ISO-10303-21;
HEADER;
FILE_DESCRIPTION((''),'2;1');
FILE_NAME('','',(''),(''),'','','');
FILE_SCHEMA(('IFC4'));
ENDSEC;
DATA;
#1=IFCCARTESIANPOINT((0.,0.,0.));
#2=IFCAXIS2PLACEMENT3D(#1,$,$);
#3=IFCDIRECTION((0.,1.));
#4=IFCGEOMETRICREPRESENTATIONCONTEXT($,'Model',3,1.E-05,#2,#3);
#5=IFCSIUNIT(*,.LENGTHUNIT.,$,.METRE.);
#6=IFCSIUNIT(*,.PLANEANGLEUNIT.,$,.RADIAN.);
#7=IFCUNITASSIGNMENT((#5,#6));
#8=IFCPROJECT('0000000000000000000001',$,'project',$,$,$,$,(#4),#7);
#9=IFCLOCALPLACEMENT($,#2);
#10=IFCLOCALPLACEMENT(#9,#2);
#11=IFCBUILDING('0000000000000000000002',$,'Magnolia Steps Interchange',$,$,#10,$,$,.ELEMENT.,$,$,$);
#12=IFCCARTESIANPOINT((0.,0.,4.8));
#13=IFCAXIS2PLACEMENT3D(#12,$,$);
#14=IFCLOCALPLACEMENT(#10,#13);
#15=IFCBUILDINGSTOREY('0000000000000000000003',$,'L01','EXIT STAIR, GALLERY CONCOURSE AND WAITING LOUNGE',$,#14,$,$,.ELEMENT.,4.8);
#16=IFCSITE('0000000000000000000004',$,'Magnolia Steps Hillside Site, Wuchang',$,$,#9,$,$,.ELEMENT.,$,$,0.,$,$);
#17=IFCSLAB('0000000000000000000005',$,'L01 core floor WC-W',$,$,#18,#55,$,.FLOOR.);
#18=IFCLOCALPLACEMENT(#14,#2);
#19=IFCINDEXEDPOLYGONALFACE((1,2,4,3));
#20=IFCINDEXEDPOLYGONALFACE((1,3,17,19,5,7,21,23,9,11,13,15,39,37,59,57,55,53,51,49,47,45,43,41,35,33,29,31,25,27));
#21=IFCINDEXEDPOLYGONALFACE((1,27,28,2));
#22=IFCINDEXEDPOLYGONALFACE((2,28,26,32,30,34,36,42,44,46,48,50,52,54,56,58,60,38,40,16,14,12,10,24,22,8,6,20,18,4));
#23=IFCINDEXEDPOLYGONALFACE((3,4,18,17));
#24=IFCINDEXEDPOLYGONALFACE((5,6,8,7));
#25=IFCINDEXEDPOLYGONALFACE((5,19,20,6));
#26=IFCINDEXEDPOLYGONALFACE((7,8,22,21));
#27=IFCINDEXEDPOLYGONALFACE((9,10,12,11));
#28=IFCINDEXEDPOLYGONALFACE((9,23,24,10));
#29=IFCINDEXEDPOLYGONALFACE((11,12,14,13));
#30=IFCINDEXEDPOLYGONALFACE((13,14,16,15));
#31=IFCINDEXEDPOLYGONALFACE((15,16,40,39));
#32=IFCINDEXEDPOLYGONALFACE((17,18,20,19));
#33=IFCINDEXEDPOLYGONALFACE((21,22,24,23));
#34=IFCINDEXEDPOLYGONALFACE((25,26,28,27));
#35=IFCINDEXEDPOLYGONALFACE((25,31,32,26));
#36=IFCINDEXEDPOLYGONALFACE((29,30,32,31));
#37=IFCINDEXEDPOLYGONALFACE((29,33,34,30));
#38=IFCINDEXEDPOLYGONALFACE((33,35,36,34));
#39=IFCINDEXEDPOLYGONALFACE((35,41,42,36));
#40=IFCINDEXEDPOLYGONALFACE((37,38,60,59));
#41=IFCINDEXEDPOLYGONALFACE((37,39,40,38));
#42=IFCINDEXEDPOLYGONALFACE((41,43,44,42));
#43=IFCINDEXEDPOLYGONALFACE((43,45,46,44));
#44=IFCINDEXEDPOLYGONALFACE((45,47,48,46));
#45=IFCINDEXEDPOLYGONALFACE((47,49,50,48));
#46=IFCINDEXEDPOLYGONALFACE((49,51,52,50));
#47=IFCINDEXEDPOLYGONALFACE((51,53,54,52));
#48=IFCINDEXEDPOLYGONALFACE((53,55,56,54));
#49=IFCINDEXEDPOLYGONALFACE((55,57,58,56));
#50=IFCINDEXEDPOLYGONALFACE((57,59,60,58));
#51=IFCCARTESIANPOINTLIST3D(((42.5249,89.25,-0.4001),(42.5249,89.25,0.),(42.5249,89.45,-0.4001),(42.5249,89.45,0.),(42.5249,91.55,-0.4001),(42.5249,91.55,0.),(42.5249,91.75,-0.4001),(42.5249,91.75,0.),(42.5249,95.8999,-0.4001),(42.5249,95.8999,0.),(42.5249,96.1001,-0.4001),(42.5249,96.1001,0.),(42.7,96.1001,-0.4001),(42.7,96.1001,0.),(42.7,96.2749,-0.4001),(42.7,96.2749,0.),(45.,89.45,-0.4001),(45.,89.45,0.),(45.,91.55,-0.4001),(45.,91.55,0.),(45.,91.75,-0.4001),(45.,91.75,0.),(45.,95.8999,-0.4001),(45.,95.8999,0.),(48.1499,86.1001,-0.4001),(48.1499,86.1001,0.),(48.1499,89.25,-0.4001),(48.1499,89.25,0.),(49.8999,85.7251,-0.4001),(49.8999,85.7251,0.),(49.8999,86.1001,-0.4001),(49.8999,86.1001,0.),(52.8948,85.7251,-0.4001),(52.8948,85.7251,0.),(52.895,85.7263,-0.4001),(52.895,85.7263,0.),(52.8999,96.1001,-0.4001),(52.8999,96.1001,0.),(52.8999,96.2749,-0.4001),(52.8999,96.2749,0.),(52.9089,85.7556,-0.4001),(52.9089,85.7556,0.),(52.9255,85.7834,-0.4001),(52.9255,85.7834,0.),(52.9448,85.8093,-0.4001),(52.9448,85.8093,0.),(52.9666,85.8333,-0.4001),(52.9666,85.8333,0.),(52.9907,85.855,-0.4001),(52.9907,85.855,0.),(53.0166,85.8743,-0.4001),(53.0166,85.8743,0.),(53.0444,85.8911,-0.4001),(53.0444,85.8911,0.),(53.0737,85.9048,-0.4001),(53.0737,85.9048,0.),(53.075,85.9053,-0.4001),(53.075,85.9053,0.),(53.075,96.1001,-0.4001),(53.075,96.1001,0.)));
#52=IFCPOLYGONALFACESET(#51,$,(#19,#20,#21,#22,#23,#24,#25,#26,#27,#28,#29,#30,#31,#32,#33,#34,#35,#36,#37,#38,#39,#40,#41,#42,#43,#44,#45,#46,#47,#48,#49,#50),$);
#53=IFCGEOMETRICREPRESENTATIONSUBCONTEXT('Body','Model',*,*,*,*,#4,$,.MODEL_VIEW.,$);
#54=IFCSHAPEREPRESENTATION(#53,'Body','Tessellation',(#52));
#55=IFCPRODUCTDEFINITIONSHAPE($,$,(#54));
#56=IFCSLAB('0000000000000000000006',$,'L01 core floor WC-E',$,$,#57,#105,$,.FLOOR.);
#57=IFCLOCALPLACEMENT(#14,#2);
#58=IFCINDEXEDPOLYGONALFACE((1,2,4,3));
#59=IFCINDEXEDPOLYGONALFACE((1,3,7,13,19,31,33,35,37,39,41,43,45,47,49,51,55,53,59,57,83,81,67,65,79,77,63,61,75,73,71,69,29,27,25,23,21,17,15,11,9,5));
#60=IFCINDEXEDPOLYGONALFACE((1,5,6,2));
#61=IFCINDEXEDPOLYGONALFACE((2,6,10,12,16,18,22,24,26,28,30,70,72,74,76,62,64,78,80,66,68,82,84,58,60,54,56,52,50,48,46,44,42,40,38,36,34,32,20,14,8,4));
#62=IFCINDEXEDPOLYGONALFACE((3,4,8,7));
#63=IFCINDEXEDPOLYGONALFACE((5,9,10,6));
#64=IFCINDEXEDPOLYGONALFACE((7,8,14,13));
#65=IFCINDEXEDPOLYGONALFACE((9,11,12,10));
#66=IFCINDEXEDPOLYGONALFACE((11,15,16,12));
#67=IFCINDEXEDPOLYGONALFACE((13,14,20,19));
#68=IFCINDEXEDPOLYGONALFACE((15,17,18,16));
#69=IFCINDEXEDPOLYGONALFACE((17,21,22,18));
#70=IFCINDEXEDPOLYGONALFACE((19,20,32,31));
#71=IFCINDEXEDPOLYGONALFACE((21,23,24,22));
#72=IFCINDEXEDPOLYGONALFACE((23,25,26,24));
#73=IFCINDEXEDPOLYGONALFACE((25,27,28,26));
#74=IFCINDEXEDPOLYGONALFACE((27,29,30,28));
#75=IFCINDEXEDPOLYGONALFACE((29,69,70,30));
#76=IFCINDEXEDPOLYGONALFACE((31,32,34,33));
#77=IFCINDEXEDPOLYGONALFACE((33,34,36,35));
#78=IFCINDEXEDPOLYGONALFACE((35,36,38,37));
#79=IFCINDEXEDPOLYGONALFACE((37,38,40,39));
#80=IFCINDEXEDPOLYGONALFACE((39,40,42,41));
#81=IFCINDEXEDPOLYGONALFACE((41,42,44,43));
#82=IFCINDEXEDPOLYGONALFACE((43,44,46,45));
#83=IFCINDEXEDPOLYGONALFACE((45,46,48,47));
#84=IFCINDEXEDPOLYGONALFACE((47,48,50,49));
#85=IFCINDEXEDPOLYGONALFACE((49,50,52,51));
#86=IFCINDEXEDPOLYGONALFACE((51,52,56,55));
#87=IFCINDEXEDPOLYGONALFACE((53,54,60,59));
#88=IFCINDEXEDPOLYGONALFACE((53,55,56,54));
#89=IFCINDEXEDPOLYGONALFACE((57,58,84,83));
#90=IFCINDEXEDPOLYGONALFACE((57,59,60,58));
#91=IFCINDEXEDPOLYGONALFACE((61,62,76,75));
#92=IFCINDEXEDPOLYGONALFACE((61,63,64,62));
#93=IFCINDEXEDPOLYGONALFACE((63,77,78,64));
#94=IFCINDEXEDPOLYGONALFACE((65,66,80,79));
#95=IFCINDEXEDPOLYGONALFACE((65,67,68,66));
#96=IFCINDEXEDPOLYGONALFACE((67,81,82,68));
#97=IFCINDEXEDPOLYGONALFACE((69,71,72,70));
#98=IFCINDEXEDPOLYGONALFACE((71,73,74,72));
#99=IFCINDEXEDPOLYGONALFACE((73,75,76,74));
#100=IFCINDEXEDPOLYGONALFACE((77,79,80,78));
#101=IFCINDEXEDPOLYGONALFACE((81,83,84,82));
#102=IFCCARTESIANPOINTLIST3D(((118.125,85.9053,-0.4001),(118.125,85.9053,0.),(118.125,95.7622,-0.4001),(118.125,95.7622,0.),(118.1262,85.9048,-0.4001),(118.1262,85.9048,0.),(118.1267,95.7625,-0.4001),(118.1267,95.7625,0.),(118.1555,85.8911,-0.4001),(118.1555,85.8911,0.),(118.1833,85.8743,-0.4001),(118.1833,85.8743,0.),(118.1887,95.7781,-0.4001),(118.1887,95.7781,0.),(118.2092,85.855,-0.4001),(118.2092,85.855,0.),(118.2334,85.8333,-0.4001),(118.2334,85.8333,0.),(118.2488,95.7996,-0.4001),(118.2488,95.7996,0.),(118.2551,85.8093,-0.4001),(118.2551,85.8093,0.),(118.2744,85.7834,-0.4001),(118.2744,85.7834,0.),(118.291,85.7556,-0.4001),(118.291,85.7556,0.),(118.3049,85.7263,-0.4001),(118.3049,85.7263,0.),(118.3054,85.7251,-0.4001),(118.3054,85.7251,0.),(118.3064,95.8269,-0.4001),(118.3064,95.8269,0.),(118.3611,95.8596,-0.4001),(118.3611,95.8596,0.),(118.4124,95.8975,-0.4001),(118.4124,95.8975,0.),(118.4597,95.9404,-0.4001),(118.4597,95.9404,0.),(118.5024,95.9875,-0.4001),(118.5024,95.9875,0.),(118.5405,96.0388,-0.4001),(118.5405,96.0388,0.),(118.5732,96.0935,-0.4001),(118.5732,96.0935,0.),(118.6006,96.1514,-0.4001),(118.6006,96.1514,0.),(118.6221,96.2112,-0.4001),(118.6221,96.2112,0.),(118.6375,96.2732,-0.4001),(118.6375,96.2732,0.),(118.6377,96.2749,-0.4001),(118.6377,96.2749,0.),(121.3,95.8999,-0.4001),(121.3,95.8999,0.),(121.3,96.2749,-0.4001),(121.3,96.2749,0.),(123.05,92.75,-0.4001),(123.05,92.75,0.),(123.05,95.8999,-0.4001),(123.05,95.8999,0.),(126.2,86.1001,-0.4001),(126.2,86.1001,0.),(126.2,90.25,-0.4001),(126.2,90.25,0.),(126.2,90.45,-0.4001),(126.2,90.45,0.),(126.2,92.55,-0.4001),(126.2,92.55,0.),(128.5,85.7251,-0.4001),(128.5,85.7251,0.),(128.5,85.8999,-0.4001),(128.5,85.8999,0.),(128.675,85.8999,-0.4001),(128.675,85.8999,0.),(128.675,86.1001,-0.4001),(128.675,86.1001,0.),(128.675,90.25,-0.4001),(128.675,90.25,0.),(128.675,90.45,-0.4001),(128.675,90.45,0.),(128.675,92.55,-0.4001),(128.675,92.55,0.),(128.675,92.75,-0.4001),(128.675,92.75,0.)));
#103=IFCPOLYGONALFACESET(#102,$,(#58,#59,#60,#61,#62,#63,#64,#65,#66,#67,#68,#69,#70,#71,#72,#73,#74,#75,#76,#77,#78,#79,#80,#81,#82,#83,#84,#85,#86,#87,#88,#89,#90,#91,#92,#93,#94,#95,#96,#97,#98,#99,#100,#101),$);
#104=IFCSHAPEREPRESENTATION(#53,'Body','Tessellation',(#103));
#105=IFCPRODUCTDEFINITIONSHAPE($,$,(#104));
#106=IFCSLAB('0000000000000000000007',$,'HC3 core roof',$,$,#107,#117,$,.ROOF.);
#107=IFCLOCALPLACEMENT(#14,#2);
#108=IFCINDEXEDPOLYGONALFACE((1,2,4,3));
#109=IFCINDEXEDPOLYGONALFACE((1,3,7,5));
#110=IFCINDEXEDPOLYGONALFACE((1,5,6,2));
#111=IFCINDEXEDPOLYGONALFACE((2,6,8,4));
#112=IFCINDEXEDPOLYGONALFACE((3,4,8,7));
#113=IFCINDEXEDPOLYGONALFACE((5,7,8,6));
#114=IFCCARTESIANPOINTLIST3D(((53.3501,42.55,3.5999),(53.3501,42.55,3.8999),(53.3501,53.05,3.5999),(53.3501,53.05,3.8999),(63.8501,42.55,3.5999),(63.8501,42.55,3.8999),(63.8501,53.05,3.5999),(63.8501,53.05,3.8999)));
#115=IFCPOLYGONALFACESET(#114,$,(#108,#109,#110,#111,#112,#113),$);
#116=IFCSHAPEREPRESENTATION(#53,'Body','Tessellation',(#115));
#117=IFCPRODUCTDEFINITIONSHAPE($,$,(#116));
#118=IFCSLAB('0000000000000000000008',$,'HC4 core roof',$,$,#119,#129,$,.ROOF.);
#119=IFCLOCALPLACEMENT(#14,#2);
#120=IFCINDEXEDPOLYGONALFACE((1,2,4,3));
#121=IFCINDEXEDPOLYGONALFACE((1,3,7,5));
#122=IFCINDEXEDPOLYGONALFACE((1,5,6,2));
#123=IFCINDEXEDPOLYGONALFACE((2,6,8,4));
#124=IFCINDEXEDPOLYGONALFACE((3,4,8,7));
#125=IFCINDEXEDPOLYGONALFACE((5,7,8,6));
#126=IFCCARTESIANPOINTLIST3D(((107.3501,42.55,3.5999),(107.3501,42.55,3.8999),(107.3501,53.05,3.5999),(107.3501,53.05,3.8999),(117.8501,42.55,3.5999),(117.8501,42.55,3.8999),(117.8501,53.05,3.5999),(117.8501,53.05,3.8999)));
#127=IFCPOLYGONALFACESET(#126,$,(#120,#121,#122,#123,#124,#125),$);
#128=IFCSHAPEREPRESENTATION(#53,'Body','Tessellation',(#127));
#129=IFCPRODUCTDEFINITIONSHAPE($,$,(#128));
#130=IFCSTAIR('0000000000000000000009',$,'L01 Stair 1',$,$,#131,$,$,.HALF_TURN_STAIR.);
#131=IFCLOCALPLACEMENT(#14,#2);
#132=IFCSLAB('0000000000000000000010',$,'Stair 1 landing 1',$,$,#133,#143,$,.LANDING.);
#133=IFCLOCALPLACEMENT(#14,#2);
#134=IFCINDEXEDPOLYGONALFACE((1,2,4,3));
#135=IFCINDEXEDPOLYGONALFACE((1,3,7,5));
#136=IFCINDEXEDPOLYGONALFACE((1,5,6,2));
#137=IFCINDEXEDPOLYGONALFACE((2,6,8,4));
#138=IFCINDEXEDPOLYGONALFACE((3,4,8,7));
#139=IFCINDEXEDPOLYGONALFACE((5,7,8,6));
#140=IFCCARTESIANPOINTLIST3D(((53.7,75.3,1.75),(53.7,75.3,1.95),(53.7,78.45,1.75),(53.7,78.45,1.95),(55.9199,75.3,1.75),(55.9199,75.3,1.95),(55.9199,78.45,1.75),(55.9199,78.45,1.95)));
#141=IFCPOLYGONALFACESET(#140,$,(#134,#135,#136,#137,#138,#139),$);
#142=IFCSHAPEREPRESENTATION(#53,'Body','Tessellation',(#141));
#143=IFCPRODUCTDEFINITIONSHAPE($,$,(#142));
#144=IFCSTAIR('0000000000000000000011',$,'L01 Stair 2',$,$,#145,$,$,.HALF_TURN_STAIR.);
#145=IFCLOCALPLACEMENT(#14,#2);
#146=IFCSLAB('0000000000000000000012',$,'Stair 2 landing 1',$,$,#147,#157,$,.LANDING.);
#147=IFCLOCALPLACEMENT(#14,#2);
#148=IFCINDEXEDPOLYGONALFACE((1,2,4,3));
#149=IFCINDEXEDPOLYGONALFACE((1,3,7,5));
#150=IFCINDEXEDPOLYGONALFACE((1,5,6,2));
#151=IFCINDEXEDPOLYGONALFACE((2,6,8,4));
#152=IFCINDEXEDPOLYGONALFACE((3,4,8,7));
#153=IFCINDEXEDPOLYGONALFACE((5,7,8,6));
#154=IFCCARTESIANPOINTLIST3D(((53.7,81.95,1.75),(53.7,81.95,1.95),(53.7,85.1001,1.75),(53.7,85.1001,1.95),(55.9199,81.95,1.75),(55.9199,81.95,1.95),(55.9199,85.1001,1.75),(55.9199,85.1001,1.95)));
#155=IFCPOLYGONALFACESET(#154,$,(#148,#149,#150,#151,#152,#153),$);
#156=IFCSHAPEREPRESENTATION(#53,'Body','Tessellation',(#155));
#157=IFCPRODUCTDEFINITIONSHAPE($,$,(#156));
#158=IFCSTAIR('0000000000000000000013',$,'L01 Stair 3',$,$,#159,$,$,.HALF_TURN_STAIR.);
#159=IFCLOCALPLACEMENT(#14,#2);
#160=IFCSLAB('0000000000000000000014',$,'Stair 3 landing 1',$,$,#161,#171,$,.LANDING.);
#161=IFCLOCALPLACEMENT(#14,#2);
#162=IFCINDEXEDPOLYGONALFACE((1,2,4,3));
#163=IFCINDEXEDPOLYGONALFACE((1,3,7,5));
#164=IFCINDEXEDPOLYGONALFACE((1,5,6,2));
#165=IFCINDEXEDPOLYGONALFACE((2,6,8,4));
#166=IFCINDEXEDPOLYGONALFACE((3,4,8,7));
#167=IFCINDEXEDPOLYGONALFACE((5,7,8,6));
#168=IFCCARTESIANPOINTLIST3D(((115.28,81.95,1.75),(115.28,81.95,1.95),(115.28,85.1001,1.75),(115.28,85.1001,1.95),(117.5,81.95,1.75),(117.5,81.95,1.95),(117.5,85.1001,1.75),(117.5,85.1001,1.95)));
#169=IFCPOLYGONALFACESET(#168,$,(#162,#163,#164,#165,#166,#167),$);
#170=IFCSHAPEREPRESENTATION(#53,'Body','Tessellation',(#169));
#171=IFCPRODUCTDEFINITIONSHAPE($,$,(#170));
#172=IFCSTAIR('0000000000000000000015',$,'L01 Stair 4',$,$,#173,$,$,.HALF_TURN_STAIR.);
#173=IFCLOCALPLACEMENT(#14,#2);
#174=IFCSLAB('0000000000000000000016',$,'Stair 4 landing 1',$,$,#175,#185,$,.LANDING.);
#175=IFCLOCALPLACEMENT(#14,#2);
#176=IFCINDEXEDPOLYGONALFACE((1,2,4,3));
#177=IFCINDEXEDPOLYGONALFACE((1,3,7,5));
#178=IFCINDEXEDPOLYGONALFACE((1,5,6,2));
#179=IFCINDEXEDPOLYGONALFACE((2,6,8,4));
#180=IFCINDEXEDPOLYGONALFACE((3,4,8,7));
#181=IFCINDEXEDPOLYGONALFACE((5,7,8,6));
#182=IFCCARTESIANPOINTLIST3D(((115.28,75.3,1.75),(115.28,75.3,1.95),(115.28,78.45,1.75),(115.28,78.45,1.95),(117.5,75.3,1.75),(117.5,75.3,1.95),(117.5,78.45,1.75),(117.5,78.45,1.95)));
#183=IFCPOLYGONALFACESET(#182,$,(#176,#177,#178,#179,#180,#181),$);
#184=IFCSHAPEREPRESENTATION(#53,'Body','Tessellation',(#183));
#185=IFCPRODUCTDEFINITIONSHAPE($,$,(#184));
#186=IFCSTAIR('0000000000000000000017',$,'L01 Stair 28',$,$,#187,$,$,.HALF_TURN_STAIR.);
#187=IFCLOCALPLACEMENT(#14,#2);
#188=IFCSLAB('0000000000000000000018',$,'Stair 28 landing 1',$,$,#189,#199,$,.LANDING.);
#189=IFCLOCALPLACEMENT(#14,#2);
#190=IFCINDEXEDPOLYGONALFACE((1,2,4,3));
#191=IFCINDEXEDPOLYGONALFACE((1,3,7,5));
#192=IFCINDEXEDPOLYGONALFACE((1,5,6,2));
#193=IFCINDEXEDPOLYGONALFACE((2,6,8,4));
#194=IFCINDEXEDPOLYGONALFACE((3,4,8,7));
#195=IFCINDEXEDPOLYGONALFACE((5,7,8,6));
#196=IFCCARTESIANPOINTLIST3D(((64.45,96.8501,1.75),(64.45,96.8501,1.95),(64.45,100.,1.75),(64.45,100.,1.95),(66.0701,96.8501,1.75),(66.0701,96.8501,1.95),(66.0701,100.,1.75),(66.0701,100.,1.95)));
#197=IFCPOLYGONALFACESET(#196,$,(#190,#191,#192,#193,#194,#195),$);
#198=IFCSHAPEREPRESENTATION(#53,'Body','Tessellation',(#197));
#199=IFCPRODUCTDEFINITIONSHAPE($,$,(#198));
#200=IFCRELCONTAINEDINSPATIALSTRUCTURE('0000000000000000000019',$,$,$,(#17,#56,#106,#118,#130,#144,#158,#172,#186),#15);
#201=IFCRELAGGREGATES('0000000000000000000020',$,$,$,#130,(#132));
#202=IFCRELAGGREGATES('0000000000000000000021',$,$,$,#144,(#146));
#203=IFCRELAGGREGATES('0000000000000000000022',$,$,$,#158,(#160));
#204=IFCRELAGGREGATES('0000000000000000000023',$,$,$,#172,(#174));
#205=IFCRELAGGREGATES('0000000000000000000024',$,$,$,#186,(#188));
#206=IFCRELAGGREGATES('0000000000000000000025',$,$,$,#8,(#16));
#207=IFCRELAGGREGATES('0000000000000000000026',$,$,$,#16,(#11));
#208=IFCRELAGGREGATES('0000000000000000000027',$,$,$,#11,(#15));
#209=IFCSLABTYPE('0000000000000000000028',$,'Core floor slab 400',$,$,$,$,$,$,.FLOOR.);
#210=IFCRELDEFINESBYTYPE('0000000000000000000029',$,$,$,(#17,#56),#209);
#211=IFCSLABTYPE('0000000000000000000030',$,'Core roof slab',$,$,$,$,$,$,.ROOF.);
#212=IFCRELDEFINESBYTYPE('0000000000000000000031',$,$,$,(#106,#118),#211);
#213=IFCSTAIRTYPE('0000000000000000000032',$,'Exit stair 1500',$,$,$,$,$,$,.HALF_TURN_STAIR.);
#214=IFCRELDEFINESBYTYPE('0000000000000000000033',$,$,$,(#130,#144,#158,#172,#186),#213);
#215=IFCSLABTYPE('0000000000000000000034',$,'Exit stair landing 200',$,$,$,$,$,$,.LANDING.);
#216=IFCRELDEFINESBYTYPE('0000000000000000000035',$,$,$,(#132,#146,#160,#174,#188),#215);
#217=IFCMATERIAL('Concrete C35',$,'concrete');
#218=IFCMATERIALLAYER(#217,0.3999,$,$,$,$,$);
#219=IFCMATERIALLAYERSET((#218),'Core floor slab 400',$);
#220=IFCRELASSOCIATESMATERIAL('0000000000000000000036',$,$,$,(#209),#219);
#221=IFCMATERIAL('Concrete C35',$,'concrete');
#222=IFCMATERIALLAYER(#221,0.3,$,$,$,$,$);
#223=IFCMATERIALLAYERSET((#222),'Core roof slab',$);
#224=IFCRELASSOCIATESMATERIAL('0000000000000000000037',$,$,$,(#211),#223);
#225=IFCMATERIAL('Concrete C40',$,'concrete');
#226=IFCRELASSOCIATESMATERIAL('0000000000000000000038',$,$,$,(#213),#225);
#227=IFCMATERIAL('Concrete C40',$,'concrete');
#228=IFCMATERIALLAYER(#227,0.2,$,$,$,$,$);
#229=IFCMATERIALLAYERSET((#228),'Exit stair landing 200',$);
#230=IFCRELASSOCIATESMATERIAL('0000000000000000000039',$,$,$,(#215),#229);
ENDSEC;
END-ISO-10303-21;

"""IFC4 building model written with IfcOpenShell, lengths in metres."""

from ifc_helpers import new_model, si_unit, direction, frame, origin, place, context, subcontext, project, spatial, polyline, outline, extrude, material, layer, layer_set, type_object, element, aggregate, save


model = new_model("IFC4")

# Units and contexts
model_context = context("Model", 3, precision=1e-05, world=origin(), true_north=direction((0.0, 1.0)))
body_context = subcontext(model_context, "Body", "Model", "MODEL_VIEW")
ifc_project = project(units=[si_unit("LENGTHUNIT", "METRE"), si_unit("PLANEANGLEUNIT", "RADIAN")], contexts=[model_context])

# Site, building, storey
site_placement = place(None, origin())
site = spatial("IfcSite", under=ifc_project, at=site_placement, Name="Magnolia Steps Hillside Site, Wuchang", CompositionType="ELEMENT", RefElevation=0.0)
building_placement = place(site_placement, origin())
building = spatial("IfcBuilding", under=site, at=building_placement, Name="Magnolia Steps Interchange", CompositionType="ELEMENT")
storey_placement = place(building_placement, frame((0.0, 0.0, 4.8)))
storey = spatial("IfcBuildingStorey", under=building, at=storey_placement, Name="L01", Description="EXIT STAIR, GALLERY CONCOURSE AND WAITING LOUNGE", CompositionType="ELEMENT", Elevation=4.8)

# Slabs
ifc_material_1 = material(Name="Concrete C35", Category="concrete")
ifc_layer_1 = layer(ifc_material_1, 0.3999)
ifc_layer_set_1 = layer_set([ifc_layer_1], Name="Core floor slab 400")
slab_type_1 = type_object("IfcSlabType", Name="Core floor slab 400", PredefinedType="FLOOR", material=ifc_layer_set_1)
slab_1_placement = place(storey_placement, frame((0.0, 0.0, -0.4001)))
element("IfcSlab", 1, at=slab_1_placement, inside=storey, type_object=slab_type_1, Name="L01 core floor WC-W", PredefinedType="FLOOR", context=body_context, shape_type="SweptSolid", body=[
    extrude(outline(polyline([(49.8999, 86.1001), (48.1499, 86.1001), (48.1499, 89.25), (42.5249, 89.25), (42.5249, 89.45), (45.0, 89.45), (45.0, 91.55), (42.5249, 91.55), (42.5249, 91.75), (45.0, 91.75), (45.0, 95.8999), (42.5249, 95.8999), (42.5249, 96.1001), (42.7, 96.1001), (42.7, 96.2749), (52.8999, 96.2749), (52.8999, 96.1001), (53.075, 96.1001), (53.075, 85.9053), (53.0737, 85.9048), (53.0444, 85.8911), (53.0166, 85.8743), (52.9907, 85.855), (52.9666, 85.8333), (52.9448, 85.8093), (52.9255, 85.7834), (52.9089, 85.7556), (52.895, 85.7263), (52.8948, 85.7251), (49.8999, 85.7251), (49.8999, 86.1001)])), origin(), (0.0, 0.0, 1.0), 0.4001),
])
slab_2_placement = place(storey_placement, frame((0.0, 0.0, -0.4001)))
element("IfcSlab", 2, at=slab_2_placement, inside=storey, type_object=slab_type_1, Name="L01 core floor WC-E", PredefinedType="FLOOR", context=body_context, shape_type="SweptSolid", body=[
    extrude(outline(polyline([(118.3049, 85.7263), (118.291, 85.7556), (118.2744, 85.7834), (118.2551, 85.8093), (118.2334, 85.8333), (118.2092, 85.855), (118.1833, 85.8743), (118.1555, 85.8911), (118.1262, 85.9048), (118.125, 85.9053), (118.125, 95.7622), (118.1267, 95.7625), (118.1887, 95.7781), (118.2488, 95.7996), (118.3064, 95.8269), (118.3611, 95.8596), (118.4124, 95.8975), (118.4597, 95.9404), (118.5024, 95.9875), (118.5405, 96.0388), (118.5732, 96.0935), (118.6006, 96.1514), (118.6221, 96.2112), (118.6375, 96.2732), (118.6377, 96.2749), (121.3, 96.2749), (121.3, 95.8999), (123.05, 95.8999), (123.05, 92.75), (128.675, 92.75), (128.675, 92.55), (126.2, 92.55), (126.2, 90.45), (128.675, 90.45), (128.675, 90.25), (126.2, 90.25), (126.2, 86.1001), (128.675, 86.1001), (128.675, 85.8999), (128.5, 85.8999), (128.5, 85.7251), (118.3054, 85.7251), (118.3049, 85.7263)])), origin(), (0.0, 0.0, 1.0), 0.4001),
])
ifc_material_2 = material(Name="Concrete C35", Category="concrete")
ifc_layer_2 = layer(ifc_material_2, 0.3)
ifc_layer_set_2 = layer_set([ifc_layer_2], Name="Core roof slab")
slab_type_2 = type_object("IfcSlabType", Name="Core roof slab", PredefinedType="ROOF", material=ifc_layer_set_2)
slab_3_placement = place(storey_placement, frame((0.0, 0.0, 3.5999)))
element("IfcSlab", 3, at=slab_3_placement, inside=storey, type_object=slab_type_2, Name="HC3 core roof", PredefinedType="ROOF", context=body_context, shape_type="SweptSolid", body=[
    extrude(outline(polyline([(53.3501, 42.55), (53.3501, 53.05), (63.8501, 53.05), (63.8501, 42.55), (53.3501, 42.55)])), origin(), (0.0, 0.0, 1.0), 0.3),
])
slab_4_placement = place(storey_placement, frame((0.0, 0.0, 3.5999)))
element("IfcSlab", 4, at=slab_4_placement, inside=storey, type_object=slab_type_2, Name="HC4 core roof", PredefinedType="ROOF", context=body_context, shape_type="SweptSolid", body=[
    extrude(outline(polyline([(107.3501, 42.55), (107.3501, 53.05), (117.8501, 53.05), (117.8501, 42.55), (107.3501, 42.55)])), origin(), (0.0, 0.0, 1.0), 0.3),
])

# Stairs, slabs
ifc_material_3 = material(Name="Concrete C40", Category="concrete")
stair_type = type_object("IfcStairType", Name="Exit stair 1500", PredefinedType="HALF_TURN_STAIR", material=ifc_material_3)
stair_1_placement = place(storey_placement, origin())
stair_1 = element("IfcStair", 5, at=stair_1_placement, inside=storey, type_object=stair_type, Name="L01 Stair 1", PredefinedType="HALF_TURN_STAIR")
ifc_material_4 = material(Name="Concrete C40", Category="concrete")
ifc_layer_3 = layer(ifc_material_4, 0.2)
ifc_layer_set_3 = layer_set([ifc_layer_3], Name="Exit stair landing 200")
slab_type_3 = type_object("IfcSlabType", Name="Exit stair landing 200", PredefinedType="LANDING", material=ifc_layer_set_3)
slab_5_placement = place(storey_placement, frame((0.0, 0.0, 1.75)))
slab_5 = element("IfcSlab", 6, at=slab_5_placement, type_object=slab_type_3, Name="Stair 1 landing 1", PredefinedType="LANDING", context=body_context, shape_type="SweptSolid", body=[
    extrude(outline(polyline([(55.9199, 78.45), (53.7, 78.45), (53.7, 75.3), (55.9199, 75.3), (55.9199, 78.45)])), origin(), (0.0, 0.0, 1.0), 0.2),
])
aggregate(stair_1, [slab_5])
stair_2_placement = place(storey_placement, origin())
stair_2 = element("IfcStair", 7, at=stair_2_placement, inside=storey, type_object=stair_type, Name="L01 Stair 2", PredefinedType="HALF_TURN_STAIR")
slab_6_placement = place(storey_placement, frame((0.0, 0.0, 1.75)))
slab_6 = element("IfcSlab", 8, at=slab_6_placement, type_object=slab_type_3, Name="Stair 2 landing 1", PredefinedType="LANDING", context=body_context, shape_type="SweptSolid", body=[
    extrude(outline(polyline([(55.9199, 85.1001), (53.7, 85.1001), (53.7, 81.95), (55.9199, 81.95), (55.9199, 85.1001)])), origin(), (0.0, 0.0, 1.0), 0.2),
])
aggregate(stair_2, [slab_6])
stair_3_placement = place(storey_placement, origin())
stair_3 = element("IfcStair", 9, at=stair_3_placement, inside=storey, type_object=stair_type, Name="L01 Stair 3", PredefinedType="HALF_TURN_STAIR")
slab_7_placement = place(storey_placement, frame((0.0, 0.0, 1.75)))
slab_7 = element("IfcSlab", 10, at=slab_7_placement, type_object=slab_type_3, Name="Stair 3 landing 1", PredefinedType="LANDING", context=body_context, shape_type="SweptSolid", body=[
    extrude(outline(polyline([(115.28, 81.95), (117.5, 81.95), (117.5, 85.1001), (115.28, 85.1001), (115.28, 81.95)])), origin(), (0.0, 0.0, 1.0), 0.2),
])
aggregate(stair_3, [slab_7])
stair_4_placement = place(storey_placement, origin())
stair_4 = element("IfcStair", 11, at=stair_4_placement, inside=storey, type_object=stair_type, Name="L01 Stair 4", PredefinedType="HALF_TURN_STAIR")
slab_8_placement = place(storey_placement, frame((0.0, 0.0, 1.75)))
slab_8 = element("IfcSlab", 12, at=slab_8_placement, type_object=slab_type_3, Name="Stair 4 landing 1", PredefinedType="LANDING", context=body_context, shape_type="SweptSolid", body=[
    extrude(outline(polyline([(115.28, 75.3), (117.5, 75.3), (117.5, 78.45), (115.28, 78.45), (115.28, 75.3)])), origin(), (0.0, 0.0, 1.0), 0.2),
])
aggregate(stair_4, [slab_8])
stair_5_placement = place(storey_placement, origin())
stair_5 = element("IfcStair", 13, at=stair_5_placement, inside=storey, type_object=stair_type, Name="L01 Stair 28", PredefinedType="HALF_TURN_STAIR")
slab_9_placement = place(storey_placement, frame((0.0, 0.0, 1.75)))
slab_9 = element("IfcSlab", 14, at=slab_9_placement, type_object=slab_type_3, Name="Stair 28 landing 1", PredefinedType="LANDING", context=body_context, shape_type="SweptSolid", body=[
    extrude(outline(polyline([(66.0701, 100.0), (64.45, 100.0), (64.45, 96.8501), (66.0701, 96.8501), (66.0701, 100.0)])), origin(), (0.0, 0.0, 1.0), 0.2),
])
aggregate(stair_5, [slab_9])

save(model, "model.ifc")
